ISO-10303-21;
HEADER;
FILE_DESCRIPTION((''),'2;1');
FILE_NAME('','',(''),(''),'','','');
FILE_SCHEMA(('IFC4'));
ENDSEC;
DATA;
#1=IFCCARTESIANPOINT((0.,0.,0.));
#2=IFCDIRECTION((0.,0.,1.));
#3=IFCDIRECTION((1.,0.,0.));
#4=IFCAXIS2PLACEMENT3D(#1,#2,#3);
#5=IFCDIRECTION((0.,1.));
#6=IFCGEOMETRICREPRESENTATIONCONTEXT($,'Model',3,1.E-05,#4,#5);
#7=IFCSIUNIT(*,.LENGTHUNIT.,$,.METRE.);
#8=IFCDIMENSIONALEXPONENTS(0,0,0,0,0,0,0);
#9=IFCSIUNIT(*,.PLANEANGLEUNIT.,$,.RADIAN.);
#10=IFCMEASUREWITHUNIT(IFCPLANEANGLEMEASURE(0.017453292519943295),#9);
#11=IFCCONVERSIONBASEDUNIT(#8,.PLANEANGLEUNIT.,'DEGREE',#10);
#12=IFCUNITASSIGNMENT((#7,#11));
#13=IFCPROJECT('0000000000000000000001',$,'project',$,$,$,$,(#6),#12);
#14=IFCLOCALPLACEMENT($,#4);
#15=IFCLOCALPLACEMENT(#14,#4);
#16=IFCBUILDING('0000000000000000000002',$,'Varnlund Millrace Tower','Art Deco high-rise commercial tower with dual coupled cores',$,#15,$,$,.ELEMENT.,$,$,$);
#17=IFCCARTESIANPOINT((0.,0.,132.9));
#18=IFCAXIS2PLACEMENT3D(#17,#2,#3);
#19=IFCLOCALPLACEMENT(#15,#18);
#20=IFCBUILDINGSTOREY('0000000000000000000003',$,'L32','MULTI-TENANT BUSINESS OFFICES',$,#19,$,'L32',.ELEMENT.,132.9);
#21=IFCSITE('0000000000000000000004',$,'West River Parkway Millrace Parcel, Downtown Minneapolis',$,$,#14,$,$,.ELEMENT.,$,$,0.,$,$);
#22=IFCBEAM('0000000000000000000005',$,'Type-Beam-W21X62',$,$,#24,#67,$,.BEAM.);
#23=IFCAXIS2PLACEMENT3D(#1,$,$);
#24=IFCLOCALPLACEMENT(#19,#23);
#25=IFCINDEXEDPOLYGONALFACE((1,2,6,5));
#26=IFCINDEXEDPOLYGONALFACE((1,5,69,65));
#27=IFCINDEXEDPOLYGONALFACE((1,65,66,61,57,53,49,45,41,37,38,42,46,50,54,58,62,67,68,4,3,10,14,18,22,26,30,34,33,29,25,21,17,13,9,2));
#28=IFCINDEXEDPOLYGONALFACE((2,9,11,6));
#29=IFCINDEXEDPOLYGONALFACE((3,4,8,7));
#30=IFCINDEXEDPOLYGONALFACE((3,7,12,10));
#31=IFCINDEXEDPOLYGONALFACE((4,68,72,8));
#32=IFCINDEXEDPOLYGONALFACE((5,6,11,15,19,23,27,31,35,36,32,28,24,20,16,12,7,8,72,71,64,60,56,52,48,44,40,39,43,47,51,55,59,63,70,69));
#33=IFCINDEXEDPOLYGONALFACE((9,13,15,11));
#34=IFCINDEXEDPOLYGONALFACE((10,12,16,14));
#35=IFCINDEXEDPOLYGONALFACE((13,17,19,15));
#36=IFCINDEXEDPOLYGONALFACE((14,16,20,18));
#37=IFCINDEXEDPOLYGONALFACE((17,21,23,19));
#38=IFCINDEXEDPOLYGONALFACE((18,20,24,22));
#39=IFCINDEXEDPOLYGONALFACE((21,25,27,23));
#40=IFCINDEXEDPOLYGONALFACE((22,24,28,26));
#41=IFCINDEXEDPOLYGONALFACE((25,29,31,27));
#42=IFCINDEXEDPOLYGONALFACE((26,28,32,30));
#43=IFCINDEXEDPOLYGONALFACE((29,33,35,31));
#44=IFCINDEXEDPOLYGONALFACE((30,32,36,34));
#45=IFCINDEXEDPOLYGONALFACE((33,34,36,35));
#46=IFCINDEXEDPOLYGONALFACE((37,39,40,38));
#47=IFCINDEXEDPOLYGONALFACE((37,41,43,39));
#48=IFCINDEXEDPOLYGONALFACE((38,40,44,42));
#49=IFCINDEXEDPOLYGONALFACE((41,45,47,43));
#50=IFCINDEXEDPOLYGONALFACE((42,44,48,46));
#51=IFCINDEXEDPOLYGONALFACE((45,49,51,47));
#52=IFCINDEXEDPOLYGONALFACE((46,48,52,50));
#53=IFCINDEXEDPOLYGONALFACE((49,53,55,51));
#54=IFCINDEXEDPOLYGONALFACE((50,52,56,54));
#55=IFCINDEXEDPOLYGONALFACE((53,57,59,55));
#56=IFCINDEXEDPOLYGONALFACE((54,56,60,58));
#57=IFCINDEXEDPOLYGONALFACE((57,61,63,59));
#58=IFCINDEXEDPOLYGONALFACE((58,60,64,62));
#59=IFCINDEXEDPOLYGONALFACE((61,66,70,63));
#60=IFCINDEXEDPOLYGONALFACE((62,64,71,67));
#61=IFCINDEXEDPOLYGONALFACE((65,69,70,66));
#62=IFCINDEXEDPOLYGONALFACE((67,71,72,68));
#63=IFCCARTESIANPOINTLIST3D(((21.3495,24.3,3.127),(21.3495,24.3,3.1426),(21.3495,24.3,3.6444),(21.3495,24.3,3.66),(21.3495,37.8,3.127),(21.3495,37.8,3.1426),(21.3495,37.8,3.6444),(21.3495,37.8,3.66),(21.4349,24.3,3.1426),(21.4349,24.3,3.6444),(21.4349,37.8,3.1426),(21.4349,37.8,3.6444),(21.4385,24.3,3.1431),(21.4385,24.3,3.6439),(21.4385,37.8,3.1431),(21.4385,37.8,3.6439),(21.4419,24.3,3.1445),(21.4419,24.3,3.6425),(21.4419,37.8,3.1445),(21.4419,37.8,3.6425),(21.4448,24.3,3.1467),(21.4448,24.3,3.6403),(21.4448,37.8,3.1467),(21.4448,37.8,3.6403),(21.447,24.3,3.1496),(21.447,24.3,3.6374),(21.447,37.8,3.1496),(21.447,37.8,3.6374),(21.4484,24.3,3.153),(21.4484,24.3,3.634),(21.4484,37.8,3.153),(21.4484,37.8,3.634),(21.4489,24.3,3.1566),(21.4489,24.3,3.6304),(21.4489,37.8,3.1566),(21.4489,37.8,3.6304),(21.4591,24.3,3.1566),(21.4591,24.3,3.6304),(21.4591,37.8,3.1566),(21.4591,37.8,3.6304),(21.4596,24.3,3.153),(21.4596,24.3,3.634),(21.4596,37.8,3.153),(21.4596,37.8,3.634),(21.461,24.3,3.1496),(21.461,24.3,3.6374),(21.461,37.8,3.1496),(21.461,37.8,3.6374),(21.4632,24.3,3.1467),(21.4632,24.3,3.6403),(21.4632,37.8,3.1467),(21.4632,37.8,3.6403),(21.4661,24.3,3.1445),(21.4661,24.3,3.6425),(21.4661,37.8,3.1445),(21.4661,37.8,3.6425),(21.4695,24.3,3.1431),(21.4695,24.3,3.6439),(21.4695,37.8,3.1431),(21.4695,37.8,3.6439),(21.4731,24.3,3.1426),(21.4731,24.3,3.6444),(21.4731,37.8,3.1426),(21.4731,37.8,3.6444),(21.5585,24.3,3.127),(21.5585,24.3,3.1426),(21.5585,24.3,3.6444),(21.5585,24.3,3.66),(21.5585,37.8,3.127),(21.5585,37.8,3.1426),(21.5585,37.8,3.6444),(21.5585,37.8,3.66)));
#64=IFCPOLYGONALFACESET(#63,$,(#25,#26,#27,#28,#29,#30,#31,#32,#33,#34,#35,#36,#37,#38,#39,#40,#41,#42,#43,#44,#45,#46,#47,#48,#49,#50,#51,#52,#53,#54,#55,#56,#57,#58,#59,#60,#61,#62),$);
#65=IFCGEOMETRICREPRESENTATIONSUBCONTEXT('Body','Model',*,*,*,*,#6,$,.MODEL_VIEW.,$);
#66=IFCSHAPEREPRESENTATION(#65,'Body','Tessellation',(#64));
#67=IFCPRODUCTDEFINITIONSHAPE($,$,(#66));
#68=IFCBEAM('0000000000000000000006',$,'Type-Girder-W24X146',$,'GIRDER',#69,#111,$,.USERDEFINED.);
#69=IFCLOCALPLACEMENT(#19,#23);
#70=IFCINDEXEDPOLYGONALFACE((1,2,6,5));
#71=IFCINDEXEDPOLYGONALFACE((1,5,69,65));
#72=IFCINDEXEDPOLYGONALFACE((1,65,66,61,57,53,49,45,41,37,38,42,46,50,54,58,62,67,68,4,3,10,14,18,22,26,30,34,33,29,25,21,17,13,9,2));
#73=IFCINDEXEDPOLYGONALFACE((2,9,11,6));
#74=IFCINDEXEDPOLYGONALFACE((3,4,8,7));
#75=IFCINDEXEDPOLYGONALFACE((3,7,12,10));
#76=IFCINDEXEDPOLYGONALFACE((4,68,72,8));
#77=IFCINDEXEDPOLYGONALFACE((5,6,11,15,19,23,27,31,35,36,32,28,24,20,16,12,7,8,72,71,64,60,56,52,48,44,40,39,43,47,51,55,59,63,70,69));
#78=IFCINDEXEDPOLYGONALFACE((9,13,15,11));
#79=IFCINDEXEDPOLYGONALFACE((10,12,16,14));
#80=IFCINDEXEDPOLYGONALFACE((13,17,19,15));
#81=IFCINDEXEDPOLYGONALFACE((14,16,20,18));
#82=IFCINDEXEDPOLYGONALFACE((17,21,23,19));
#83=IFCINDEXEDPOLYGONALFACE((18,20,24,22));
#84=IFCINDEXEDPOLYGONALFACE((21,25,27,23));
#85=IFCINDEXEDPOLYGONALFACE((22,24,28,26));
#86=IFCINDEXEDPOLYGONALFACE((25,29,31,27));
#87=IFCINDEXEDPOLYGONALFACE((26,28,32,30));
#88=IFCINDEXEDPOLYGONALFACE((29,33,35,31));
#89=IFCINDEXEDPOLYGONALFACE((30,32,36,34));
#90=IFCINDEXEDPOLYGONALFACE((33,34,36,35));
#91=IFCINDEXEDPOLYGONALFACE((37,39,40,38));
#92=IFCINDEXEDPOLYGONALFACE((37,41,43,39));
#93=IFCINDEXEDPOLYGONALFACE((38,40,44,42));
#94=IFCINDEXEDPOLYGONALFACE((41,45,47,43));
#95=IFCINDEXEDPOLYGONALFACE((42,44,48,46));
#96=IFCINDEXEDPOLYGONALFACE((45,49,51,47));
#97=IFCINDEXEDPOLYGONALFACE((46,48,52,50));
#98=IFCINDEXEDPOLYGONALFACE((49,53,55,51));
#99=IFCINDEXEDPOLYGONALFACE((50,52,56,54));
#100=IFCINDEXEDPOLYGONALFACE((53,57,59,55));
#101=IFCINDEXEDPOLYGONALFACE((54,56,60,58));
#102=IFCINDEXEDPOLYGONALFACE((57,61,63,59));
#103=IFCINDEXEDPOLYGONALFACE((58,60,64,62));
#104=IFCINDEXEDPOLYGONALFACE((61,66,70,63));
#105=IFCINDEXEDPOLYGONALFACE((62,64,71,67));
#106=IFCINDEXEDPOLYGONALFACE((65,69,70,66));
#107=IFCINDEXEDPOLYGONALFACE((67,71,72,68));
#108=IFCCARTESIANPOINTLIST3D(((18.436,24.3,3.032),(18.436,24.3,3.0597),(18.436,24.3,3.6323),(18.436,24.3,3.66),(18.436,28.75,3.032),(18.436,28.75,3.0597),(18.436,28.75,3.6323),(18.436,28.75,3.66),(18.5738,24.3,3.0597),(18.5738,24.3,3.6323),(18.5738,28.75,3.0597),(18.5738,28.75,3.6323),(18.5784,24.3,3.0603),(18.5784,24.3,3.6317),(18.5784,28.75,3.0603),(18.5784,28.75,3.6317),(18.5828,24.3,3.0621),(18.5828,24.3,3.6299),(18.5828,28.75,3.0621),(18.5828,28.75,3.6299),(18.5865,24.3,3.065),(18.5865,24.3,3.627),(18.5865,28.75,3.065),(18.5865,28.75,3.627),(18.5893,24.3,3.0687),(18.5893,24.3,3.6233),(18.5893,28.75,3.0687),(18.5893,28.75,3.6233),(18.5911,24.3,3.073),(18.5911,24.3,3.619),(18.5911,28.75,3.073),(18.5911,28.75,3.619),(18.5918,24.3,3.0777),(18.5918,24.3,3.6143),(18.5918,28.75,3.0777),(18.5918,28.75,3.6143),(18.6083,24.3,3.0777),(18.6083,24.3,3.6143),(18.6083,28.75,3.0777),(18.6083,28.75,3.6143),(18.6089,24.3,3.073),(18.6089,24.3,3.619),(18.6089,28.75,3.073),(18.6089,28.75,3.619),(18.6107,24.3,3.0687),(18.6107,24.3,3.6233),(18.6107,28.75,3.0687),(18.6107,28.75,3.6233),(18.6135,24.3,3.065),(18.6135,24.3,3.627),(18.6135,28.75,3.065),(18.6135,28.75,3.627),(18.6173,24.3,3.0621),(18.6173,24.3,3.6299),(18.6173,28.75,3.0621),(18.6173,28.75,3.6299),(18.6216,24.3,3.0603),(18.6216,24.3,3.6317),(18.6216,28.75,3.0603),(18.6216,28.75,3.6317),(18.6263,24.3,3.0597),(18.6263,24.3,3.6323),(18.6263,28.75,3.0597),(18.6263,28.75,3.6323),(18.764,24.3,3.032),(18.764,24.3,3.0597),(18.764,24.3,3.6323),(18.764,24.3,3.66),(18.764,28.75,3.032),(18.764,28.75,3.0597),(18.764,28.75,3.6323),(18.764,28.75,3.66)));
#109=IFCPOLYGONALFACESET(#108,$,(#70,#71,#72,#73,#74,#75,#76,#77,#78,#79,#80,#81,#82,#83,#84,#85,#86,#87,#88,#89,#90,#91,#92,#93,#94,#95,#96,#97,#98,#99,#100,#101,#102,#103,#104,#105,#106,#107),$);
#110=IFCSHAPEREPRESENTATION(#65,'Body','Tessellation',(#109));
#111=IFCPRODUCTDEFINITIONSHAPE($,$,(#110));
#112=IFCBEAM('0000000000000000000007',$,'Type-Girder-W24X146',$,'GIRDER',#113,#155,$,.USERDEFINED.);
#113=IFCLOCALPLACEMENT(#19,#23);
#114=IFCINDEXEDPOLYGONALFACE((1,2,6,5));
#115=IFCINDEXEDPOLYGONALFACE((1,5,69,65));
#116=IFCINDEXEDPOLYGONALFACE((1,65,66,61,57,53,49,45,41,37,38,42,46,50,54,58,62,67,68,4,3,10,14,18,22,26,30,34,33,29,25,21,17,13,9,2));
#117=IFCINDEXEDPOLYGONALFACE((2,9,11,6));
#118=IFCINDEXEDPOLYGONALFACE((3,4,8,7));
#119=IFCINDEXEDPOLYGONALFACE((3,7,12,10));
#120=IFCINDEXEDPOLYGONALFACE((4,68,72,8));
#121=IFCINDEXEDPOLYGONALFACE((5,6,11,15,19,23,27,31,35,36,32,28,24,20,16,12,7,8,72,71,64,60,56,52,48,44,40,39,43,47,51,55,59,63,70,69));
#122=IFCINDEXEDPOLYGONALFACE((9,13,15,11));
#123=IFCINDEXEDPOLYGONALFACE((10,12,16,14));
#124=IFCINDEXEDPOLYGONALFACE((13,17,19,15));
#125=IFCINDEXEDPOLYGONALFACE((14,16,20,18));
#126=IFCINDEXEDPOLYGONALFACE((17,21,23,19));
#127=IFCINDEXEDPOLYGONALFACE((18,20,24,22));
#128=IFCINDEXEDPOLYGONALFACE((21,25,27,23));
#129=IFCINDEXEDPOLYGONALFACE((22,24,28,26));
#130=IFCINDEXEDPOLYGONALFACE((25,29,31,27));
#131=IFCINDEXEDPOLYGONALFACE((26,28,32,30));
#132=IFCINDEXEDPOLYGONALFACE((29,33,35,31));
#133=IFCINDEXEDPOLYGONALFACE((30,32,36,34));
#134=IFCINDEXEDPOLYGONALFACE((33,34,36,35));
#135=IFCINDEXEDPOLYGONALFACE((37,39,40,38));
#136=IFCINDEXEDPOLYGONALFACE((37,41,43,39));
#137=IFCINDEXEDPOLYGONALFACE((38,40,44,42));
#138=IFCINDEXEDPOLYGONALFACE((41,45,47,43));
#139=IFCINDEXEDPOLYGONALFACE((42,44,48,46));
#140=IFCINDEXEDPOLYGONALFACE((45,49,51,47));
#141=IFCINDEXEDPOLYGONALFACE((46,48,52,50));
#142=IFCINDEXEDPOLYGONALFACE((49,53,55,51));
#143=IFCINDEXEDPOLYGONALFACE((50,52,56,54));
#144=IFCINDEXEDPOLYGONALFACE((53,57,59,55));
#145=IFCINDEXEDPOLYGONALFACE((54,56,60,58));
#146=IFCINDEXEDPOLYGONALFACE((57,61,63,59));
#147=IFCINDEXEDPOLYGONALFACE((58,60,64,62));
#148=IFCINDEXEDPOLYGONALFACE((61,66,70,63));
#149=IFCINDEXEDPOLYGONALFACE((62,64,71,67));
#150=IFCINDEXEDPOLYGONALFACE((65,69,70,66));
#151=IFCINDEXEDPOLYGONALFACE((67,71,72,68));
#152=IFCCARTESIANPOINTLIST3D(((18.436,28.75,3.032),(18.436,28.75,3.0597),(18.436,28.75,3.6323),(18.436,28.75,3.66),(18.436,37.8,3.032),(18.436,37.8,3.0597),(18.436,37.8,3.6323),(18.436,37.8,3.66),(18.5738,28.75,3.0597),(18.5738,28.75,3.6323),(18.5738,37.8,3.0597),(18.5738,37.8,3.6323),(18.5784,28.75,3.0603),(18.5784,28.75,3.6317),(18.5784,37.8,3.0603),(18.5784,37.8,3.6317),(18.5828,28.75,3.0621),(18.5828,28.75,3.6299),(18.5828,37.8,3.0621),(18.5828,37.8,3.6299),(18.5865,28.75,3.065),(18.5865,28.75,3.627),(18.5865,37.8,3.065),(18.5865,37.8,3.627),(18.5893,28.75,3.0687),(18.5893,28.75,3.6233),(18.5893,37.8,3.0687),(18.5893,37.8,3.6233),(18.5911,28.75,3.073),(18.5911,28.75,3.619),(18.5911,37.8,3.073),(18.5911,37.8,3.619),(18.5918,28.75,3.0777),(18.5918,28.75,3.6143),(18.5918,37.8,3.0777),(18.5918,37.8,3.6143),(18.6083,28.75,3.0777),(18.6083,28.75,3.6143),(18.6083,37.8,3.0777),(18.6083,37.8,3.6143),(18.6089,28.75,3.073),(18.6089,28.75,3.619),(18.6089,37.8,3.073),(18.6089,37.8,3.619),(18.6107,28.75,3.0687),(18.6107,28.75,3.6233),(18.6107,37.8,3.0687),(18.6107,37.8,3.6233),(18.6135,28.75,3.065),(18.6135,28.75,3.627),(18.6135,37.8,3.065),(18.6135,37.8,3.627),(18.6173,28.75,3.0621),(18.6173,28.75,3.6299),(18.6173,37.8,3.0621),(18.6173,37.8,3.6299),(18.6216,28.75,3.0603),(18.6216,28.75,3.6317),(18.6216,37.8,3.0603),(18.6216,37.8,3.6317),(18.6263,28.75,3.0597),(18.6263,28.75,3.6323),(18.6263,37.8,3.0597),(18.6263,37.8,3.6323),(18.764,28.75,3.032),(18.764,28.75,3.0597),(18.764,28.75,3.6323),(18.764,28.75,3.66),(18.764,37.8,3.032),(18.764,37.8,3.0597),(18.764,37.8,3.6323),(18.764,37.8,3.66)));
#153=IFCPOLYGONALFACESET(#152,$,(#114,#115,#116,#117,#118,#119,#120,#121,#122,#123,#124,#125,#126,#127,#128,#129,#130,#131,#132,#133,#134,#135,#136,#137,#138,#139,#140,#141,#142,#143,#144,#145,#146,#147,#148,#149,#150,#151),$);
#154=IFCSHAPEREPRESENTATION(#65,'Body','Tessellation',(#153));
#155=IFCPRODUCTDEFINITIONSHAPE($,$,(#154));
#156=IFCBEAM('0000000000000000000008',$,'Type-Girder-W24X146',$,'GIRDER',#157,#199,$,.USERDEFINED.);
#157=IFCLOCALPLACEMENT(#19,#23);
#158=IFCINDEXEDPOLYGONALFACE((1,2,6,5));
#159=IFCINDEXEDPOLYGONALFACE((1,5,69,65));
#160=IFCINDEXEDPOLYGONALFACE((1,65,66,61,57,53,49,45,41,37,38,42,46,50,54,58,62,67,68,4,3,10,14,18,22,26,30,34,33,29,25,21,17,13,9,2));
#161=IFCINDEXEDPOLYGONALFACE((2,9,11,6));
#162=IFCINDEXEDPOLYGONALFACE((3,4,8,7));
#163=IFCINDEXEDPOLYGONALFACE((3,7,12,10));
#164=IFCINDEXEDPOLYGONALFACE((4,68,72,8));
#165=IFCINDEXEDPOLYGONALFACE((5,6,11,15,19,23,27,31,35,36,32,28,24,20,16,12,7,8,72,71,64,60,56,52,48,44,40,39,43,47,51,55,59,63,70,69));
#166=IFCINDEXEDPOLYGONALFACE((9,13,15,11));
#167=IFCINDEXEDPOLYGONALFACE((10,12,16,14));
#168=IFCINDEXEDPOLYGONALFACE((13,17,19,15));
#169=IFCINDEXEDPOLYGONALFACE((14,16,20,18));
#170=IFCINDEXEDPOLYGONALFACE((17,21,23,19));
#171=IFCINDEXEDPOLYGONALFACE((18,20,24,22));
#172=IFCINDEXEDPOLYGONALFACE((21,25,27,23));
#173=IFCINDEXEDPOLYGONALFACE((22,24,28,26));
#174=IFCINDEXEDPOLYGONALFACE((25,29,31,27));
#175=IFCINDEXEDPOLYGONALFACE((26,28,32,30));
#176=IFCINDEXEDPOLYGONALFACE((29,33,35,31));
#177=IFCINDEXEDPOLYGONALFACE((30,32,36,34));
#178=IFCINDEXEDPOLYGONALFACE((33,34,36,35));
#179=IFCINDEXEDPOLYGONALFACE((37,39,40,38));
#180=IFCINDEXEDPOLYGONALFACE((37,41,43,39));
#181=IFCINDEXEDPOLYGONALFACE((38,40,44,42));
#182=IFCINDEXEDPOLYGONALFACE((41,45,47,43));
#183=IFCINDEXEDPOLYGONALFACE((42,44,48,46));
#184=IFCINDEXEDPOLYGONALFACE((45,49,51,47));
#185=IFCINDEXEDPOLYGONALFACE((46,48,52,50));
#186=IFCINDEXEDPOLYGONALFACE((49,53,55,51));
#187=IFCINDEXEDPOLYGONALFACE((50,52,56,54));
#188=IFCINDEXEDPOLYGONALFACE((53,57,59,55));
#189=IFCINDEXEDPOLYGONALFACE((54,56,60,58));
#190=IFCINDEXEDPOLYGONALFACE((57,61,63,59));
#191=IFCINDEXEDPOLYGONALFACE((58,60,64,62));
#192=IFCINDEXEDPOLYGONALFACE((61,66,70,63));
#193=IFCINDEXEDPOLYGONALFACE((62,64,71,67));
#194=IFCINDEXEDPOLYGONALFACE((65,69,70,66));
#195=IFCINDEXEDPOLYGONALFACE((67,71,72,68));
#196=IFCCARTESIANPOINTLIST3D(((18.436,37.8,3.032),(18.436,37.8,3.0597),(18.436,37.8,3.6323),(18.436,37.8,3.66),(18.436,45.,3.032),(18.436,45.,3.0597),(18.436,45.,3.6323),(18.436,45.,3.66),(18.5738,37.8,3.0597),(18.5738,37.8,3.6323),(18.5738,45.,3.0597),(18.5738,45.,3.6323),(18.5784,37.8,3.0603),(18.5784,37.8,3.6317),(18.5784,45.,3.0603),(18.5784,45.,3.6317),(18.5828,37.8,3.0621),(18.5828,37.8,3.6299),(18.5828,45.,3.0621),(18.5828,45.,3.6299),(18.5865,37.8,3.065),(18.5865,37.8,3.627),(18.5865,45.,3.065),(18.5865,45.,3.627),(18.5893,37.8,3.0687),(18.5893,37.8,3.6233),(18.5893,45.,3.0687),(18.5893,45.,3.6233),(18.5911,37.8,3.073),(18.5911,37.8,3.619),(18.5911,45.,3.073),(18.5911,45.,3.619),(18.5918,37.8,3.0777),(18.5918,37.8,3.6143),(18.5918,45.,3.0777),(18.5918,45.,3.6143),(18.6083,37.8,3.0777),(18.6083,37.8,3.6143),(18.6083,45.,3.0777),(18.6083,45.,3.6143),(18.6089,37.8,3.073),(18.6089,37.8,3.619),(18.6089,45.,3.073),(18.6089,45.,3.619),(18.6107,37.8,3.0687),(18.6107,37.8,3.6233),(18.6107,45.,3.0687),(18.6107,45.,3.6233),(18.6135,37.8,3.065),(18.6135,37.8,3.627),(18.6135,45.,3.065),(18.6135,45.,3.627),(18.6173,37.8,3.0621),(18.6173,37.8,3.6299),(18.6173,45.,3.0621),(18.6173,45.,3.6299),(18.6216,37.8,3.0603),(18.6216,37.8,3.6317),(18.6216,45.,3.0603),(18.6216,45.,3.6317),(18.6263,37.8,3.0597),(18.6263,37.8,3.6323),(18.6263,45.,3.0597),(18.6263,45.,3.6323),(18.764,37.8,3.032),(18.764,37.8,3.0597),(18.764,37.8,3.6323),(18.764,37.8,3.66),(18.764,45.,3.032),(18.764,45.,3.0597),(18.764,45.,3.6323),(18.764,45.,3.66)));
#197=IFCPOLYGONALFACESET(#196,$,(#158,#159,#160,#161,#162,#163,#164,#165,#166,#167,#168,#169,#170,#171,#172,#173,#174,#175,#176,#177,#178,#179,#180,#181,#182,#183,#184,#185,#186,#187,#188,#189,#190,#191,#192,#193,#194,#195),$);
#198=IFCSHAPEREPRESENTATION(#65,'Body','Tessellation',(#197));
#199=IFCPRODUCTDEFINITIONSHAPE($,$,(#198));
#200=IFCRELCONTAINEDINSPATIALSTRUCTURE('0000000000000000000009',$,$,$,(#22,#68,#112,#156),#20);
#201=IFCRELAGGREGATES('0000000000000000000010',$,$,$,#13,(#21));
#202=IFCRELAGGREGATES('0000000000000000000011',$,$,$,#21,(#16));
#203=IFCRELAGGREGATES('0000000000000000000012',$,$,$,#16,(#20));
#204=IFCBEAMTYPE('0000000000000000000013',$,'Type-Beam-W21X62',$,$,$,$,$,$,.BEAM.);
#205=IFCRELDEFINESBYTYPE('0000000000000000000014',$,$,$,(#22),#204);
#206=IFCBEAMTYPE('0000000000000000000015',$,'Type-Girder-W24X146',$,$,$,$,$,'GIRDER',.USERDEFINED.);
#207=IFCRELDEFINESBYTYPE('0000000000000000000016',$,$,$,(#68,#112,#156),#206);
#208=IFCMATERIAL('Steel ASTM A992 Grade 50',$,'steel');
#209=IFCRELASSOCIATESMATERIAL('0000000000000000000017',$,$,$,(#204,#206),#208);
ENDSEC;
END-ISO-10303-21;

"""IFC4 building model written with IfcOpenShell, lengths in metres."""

from ifc_helpers import new_model, entity, si_unit, converted_unit, direction, frame, origin_with_axes, origin_2d_with_axis, place, context, subcontext, project, spatial, i_section, extrude, material, material_profile, profile_set, type_object, element, save


model = new_model("IFC4")

# Units and contexts
model_context = context("Model", 3, precision=1e-05, world=origin_with_axes(), true_north=direction((0.0, 1.0)))
body_context = subcontext(model_context, "Body", "Model", "MODEL_VIEW")
ifc_project = project(units=[si_unit("LENGTHUNIT", "METRE"), converted_unit("PLANEANGLEUNIT", "DEGREE", entity("IfcPlaneAngleMeasure", 0.017453292519943295), si_unit("PLANEANGLEUNIT", "RADIAN"), dimensions=[0, 0, 0, 0, 0, 0, 0])], contexts=[model_context])

# Site, building, storey
site_placement = place(None, origin_with_axes())
site = spatial("IfcSite", under=ifc_project, at=site_placement, Name="West River Parkway Millrace Parcel, Downtown Minneapolis", CompositionType="ELEMENT", RefElevation=0.0)
building_placement = place(site_placement, origin_with_axes())
building = spatial("IfcBuilding", under=site, at=building_placement, Name="Varnlund Millrace Tower", Description="Art Deco high-rise commercial tower with dual coupled cores", CompositionType="ELEMENT")
storey_placement = place(building_placement, frame((0.0, 0.0, 132.9), z_axis=(0.0, 0.0, 1.0), x_axis=(1.0, 0.0, 0.0)))
storey = spatial("IfcBuildingStorey", under=building, at=storey_placement, Name="L32", Description="MULTI-TENANT BUSINESS OFFICES", LongName="L32", CompositionType="ELEMENT", Elevation=132.9)

# Beams
ifc_material_1 = material(Name="Steel ASTM A992 Grade 50", Category="steel")
ifc_material_profile_1 = material_profile(ifc_material_1, i_section(OverallWidth=0.209, OverallDepth=0.533, WebThickness=0.0102, FlangeThickness=0.0156, FilletRadius=0.014, at=origin_2d_with_axis()), Name="Steel ASTM A992 Grade 50")
ifc_profile_set_1 = profile_set([ifc_material_profile_1], Name="Steel ASTM A992 Grade 50")
beam_type_1 = type_object("IfcBeamType", Name="Type-Beam-W21X62", PredefinedType="BEAM", material=ifc_profile_set_1)
beam_1_placement = place(storey_placement, frame((21.454, 24.3, 3.3935), z_axis=(0.0, 1.0, 0.0), x_axis=(-1.0, 0.0, 0.0)))
element("IfcBeam", 1, at=beam_1_placement, inside=storey, type_object=beam_type_1, Name="Type-Beam-W21X62", PredefinedType="BEAM", context=body_context, shape_type="SweptSolid", body=[
    extrude(i_section(OverallWidth=0.209, OverallDepth=0.533, WebThickness=0.0102, FlangeThickness=0.0156, FilletRadius=0.014, at=origin_2d_with_axis()), origin_with_axes(), (0.0, 0.0, 1.0), 13.5),
])
ifc_material_profile_2 = material_profile(ifc_material_1, i_section(OverallWidth=0.328, OverallDepth=0.628, WebThickness=0.0165, FlangeThickness=0.0277, FilletRadius=0.018, at=origin_2d_with_axis()), Name="Steel ASTM A992 Grade 50")
ifc_profile_set_2 = profile_set([ifc_material_profile_2], Name="Steel ASTM A992 Grade 50")
beam_type_2 = type_object("IfcBeamType", Name="Type-Girder-W24X146", ElementType="GIRDER", PredefinedType="USERDEFINED", material=ifc_profile_set_2)
beam_2_placement = place(storey_placement, frame((18.6, 24.3, 3.346), z_axis=(0.0, 1.0, 0.0), x_axis=(-1.0, 0.0, 0.0)))
element("IfcBeam", 2, at=beam_2_placement, inside=storey, type_object=beam_type_2, Name="Type-Girder-W24X146", ObjectType="GIRDER", PredefinedType="USERDEFINED", context=body_context, shape_type="SweptSolid", body=[
    extrude(i_section(OverallWidth=0.328, OverallDepth=0.628, WebThickness=0.0165, FlangeThickness=0.0277, FilletRadius=0.018, at=origin_2d_with_axis()), origin_with_axes(), (0.0, 0.0, 1.0), 4.45),
])
beam_3_placement = place(storey_placement, frame((18.6, 28.75, 3.346), z_axis=(0.0, 1.0, 0.0), x_axis=(-1.0, 0.0, 0.0)))
element("IfcBeam", 3, at=beam_3_placement, inside=storey, type_object=beam_type_2, Name="Type-Girder-W24X146", ObjectType="GIRDER", PredefinedType="USERDEFINED", context=body_context, shape_type="SweptSolid", body=[
    extrude(i_section(OverallWidth=0.328, OverallDepth=0.628, WebThickness=0.0165, FlangeThickness=0.0277, FilletRadius=0.018, at=origin_2d_with_axis()), origin_with_axes(), (0.0, 0.0, 1.0), 9.05),
])
beam_4_placement = place(storey_placement, frame((18.6, 37.8, 3.346), z_axis=(0.0, 1.0, 0.0), x_axis=(-1.0, 0.0, 0.0)))
element("IfcBeam", 4, at=beam_4_placement, inside=storey, type_object=beam_type_2, Name="Type-Girder-W24X146", ObjectType="GIRDER", PredefinedType="USERDEFINED", context=body_context, shape_type="SweptSolid", body=[
    extrude(i_section(OverallWidth=0.328, OverallDepth=0.628, WebThickness=0.0165, FlangeThickness=0.0277, FilletRadius=0.018, at=origin_2d_with_axis()), origin_with_axes(), (0.0, 0.0, 1.0), 7.2),
])

save(model, "model.ifc")
